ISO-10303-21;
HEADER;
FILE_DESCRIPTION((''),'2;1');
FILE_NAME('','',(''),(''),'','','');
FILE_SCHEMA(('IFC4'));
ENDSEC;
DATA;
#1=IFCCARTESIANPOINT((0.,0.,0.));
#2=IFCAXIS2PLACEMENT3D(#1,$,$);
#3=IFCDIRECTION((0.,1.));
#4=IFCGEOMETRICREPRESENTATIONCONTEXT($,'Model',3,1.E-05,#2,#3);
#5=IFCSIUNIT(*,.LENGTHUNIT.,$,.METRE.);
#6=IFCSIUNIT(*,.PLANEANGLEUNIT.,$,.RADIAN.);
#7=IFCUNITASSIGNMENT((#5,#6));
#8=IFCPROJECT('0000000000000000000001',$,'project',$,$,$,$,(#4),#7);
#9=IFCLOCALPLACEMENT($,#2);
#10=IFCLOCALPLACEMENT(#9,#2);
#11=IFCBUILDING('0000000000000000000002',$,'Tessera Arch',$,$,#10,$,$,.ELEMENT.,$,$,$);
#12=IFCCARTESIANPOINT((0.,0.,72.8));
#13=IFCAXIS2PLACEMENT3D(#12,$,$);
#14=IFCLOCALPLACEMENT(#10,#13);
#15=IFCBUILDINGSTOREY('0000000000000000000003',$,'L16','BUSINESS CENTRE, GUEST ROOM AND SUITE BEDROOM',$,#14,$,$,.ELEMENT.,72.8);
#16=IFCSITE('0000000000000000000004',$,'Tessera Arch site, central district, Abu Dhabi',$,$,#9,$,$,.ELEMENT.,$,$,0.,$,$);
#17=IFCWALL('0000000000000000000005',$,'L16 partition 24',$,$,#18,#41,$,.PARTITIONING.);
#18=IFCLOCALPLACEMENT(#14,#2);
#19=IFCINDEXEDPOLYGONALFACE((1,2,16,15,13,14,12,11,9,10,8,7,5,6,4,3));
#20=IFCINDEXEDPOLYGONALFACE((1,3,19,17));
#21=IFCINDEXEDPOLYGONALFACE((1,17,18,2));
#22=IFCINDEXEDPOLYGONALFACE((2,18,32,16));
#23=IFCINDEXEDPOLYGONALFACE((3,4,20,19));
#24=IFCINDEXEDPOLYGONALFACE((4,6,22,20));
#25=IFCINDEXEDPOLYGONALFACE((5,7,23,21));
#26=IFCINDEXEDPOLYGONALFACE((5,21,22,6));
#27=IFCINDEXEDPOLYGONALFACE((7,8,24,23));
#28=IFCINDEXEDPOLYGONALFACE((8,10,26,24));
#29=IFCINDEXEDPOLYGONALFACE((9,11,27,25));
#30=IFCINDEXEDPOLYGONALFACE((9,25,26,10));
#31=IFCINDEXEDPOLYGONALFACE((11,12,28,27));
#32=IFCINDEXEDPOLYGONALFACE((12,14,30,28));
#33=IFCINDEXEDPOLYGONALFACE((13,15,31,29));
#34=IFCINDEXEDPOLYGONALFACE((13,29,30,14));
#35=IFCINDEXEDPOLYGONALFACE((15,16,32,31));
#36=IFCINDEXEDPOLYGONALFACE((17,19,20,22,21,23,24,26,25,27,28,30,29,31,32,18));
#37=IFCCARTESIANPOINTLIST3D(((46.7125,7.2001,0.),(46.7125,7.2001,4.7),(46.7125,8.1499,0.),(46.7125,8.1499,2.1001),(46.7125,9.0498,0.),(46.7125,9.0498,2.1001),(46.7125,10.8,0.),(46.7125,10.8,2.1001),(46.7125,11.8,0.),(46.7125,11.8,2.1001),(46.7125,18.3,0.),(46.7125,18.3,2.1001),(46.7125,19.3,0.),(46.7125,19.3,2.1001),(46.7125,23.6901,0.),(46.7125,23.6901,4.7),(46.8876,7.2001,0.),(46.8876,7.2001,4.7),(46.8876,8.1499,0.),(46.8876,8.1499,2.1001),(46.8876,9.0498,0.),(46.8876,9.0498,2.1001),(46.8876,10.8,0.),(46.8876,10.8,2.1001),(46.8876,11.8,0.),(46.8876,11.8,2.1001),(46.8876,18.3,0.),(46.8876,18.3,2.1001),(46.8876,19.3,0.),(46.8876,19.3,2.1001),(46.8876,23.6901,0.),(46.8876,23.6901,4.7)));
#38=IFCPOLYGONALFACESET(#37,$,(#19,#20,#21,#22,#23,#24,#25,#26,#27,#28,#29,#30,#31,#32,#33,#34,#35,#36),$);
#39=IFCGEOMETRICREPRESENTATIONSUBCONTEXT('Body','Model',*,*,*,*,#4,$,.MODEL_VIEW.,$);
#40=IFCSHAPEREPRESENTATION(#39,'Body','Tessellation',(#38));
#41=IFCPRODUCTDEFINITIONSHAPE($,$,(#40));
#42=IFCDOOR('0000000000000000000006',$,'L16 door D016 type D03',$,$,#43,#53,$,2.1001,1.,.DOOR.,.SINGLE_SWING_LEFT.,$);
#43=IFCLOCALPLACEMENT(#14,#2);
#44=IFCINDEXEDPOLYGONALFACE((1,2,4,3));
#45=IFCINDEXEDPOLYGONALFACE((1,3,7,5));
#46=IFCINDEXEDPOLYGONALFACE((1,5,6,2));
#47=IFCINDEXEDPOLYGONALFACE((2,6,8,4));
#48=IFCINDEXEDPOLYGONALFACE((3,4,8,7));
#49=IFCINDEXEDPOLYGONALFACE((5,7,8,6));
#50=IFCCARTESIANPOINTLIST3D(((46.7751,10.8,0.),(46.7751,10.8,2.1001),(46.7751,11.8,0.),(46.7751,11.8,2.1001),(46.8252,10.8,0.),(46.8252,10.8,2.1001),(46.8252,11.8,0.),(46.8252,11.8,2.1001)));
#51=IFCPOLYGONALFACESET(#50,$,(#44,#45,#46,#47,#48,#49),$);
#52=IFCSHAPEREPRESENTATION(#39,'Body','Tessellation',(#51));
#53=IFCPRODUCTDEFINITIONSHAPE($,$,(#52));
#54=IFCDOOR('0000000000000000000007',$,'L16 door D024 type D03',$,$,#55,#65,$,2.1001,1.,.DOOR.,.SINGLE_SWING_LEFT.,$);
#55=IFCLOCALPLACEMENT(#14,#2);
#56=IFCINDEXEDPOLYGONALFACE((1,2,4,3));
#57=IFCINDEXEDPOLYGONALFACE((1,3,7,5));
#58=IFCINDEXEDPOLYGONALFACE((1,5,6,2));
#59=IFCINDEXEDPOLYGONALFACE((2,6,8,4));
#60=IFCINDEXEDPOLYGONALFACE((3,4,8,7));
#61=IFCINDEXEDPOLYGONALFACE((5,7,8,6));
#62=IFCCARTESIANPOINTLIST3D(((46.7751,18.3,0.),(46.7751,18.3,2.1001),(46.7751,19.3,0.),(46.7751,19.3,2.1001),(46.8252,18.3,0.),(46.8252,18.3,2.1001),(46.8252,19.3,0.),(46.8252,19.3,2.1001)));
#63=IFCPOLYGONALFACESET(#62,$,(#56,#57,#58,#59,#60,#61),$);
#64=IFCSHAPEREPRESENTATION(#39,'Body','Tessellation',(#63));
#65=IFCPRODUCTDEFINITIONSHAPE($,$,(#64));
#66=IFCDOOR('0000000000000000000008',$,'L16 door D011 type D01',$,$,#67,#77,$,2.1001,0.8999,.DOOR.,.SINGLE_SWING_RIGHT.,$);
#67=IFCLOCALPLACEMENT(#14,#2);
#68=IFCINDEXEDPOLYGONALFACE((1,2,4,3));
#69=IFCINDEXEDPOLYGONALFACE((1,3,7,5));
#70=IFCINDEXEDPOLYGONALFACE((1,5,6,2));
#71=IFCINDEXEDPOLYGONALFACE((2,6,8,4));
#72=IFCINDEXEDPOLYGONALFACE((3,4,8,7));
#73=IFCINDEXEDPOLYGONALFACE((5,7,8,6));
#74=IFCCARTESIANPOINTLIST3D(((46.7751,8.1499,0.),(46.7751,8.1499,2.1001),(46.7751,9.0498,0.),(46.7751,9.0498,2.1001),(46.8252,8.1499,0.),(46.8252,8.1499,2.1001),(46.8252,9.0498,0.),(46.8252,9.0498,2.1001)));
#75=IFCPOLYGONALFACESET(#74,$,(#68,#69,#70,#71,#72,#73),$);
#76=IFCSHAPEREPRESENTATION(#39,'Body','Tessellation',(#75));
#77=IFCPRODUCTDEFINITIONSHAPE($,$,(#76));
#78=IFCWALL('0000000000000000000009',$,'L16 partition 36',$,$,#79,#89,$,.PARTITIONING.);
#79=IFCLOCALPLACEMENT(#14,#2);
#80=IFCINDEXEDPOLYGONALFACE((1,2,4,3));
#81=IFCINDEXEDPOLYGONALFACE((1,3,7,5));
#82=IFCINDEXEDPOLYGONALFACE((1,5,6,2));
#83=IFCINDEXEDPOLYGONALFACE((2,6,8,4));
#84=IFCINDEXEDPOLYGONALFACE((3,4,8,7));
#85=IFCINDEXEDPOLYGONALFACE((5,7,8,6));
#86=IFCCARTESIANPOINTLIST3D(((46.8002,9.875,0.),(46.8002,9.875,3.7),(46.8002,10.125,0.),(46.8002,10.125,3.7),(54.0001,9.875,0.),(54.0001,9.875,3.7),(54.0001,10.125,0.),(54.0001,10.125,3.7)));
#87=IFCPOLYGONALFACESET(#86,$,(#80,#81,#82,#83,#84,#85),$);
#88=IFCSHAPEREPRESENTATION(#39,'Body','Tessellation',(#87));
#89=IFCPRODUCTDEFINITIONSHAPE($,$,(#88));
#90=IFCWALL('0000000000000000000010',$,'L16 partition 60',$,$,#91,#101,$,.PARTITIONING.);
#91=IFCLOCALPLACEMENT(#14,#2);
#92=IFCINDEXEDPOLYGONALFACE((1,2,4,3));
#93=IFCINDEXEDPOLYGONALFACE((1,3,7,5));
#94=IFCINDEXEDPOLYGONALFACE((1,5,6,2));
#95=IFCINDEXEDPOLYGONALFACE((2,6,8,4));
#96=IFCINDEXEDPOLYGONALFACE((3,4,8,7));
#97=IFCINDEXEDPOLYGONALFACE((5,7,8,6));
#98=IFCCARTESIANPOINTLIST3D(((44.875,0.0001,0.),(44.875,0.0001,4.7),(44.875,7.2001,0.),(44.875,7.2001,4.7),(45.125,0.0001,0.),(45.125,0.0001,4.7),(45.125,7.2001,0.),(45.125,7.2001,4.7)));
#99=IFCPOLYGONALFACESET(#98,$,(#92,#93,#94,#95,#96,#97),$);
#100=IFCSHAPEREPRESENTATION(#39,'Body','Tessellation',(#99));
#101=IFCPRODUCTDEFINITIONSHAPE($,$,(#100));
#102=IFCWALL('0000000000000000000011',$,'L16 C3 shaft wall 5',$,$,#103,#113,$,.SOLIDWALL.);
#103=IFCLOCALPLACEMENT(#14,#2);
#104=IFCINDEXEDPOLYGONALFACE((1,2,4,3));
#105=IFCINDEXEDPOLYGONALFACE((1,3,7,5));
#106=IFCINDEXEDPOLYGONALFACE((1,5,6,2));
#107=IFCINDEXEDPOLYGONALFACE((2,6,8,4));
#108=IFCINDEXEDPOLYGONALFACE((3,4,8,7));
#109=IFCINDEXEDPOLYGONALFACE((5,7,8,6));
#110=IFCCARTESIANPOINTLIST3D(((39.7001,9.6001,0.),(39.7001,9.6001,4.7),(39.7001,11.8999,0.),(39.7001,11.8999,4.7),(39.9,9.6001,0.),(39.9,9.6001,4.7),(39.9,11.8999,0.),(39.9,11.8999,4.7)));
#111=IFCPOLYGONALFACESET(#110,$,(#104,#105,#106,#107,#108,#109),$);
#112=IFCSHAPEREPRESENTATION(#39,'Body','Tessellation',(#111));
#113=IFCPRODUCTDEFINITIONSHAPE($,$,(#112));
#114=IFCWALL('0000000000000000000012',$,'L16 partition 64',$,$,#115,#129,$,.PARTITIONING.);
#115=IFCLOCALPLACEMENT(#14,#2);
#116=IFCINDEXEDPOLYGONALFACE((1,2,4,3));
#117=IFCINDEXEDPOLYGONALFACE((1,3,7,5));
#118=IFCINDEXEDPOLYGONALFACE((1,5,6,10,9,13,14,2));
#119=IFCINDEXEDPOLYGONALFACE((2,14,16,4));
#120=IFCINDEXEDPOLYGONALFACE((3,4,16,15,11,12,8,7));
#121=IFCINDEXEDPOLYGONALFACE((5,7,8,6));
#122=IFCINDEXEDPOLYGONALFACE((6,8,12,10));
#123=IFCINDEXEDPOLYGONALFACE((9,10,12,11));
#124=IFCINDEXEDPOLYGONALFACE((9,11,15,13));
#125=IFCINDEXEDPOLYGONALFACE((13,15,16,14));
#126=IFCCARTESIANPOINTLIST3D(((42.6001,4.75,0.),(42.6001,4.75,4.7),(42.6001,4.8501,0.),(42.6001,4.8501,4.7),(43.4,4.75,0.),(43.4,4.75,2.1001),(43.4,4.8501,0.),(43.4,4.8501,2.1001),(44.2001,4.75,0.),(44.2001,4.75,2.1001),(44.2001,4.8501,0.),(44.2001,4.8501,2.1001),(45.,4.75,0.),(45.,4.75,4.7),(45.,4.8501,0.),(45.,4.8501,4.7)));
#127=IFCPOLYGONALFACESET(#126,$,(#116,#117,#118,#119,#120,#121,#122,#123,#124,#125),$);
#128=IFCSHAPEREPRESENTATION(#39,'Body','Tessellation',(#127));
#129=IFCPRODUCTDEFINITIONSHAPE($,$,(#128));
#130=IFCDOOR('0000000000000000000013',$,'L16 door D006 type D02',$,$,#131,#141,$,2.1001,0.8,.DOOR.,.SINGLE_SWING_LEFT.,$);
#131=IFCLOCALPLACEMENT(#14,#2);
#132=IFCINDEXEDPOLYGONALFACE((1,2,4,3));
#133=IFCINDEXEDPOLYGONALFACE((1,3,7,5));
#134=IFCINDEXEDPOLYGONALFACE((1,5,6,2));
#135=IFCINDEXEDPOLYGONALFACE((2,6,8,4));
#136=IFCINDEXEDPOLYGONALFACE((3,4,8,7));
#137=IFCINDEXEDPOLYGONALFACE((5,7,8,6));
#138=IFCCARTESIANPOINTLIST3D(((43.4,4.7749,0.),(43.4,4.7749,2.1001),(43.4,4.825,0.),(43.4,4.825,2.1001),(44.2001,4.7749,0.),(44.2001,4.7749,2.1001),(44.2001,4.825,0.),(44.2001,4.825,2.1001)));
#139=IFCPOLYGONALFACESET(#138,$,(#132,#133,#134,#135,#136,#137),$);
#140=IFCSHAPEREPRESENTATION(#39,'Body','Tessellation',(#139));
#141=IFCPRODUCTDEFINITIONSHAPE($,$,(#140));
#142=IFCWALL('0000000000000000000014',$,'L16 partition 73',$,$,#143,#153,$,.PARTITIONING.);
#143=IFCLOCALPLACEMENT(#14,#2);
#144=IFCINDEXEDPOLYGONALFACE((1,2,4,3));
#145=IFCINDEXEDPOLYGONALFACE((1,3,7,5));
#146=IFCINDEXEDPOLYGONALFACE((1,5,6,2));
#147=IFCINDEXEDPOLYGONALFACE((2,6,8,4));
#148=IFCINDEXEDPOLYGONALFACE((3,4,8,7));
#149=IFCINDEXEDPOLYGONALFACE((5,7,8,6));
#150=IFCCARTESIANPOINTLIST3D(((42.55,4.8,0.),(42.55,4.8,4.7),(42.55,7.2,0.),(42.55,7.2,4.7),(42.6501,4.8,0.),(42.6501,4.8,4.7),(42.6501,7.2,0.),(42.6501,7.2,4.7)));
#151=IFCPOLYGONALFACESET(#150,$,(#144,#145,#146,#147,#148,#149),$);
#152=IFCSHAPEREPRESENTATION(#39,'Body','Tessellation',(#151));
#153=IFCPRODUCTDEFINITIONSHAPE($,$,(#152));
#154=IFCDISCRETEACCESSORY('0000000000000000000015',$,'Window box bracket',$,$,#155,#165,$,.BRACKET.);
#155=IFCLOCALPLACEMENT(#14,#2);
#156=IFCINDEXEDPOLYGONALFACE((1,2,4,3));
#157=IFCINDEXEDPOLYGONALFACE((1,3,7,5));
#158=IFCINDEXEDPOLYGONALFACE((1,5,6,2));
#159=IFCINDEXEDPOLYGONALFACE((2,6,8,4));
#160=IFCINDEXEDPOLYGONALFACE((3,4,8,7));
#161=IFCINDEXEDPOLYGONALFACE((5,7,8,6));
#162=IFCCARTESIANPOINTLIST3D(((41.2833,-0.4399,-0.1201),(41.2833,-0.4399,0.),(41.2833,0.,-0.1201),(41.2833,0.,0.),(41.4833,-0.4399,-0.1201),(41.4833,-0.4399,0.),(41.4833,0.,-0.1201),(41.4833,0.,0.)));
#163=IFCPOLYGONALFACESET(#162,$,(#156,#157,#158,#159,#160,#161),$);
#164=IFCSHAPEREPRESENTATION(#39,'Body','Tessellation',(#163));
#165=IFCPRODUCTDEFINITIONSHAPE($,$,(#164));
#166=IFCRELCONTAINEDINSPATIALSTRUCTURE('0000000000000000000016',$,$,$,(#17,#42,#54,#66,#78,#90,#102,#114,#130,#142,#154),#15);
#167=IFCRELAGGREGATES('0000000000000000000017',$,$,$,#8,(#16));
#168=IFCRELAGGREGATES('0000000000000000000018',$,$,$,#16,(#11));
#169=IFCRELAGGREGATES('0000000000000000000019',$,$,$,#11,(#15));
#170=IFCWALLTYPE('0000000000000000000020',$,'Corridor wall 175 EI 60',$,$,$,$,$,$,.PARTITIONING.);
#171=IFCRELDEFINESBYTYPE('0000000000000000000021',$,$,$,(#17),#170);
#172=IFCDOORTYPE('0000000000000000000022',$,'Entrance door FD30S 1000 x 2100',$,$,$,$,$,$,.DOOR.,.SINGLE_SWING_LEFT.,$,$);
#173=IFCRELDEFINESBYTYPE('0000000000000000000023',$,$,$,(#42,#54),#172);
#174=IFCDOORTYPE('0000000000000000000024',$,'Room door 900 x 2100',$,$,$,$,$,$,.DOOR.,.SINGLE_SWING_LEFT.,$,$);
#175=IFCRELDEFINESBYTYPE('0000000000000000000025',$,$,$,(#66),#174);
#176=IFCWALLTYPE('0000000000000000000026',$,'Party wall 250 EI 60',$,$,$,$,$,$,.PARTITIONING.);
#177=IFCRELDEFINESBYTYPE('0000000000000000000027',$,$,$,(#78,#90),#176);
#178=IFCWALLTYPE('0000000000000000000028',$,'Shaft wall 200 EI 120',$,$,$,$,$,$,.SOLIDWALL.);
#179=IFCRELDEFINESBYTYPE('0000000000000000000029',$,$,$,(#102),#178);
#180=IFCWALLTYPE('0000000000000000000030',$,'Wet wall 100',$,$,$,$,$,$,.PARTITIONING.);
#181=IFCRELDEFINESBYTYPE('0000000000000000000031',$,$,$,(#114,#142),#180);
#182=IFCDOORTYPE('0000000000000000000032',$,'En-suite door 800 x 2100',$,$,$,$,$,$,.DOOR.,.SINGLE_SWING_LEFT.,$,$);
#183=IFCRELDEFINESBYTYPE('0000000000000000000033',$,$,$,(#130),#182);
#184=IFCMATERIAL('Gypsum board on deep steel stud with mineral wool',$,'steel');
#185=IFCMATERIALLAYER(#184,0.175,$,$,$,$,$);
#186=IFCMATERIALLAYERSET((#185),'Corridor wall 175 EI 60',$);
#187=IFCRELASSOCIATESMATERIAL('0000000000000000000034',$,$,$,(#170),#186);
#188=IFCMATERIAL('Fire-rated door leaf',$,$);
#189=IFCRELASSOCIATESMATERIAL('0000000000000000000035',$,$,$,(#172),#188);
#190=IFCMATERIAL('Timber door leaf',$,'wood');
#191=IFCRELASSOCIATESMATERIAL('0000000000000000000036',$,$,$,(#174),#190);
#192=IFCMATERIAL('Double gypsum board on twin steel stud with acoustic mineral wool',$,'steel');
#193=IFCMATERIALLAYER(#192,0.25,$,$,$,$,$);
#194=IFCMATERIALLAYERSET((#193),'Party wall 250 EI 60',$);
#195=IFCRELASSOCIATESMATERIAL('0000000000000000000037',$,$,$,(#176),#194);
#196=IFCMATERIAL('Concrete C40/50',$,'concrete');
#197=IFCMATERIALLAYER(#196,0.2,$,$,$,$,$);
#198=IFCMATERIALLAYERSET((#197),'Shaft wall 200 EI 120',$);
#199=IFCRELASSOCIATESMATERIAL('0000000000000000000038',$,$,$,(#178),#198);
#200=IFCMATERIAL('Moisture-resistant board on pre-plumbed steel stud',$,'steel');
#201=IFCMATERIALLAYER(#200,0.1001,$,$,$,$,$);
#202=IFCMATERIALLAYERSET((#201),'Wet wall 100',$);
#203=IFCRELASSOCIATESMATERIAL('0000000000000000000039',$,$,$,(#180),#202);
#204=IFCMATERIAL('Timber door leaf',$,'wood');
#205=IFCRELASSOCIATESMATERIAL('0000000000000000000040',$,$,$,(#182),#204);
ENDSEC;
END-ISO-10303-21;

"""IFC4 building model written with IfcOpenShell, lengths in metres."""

from ifc_helpers import new_model, si_unit, direction, frame, frame_2d, origin, origin_2d, place, context, subcontext, project, spatial, rectangle, extrude, material, layer, layer_set, type_object, element, fill, save


model = new_model("IFC4")

# Units and contexts
model_context = context("Model", 3, precision=1e-05, world=origin(), true_north=direction((0.0, 1.0)))
body_context = subcontext(model_context, "Body", "Model", "MODEL_VIEW")
ifc_project = project(units=[si_unit("LENGTHUNIT", "METRE"), si_unit("PLANEANGLEUNIT", "RADIAN")], contexts=[model_context])

# Site, building, storey
site_placement = place(None, origin())
site = spatial("IfcSite", under=ifc_project, at=site_placement, Name="Tessera Arch site, central district, Abu Dhabi", CompositionType="ELEMENT", RefElevation=0.0)
building_placement = place(site_placement, origin())
building = spatial("IfcBuilding", under=site, at=building_placement, Name="Tessera Arch", CompositionType="ELEMENT")
storey_placement = place(building_placement, frame((0.0, 0.0, 72.8)))
storey = spatial("IfcBuildingStorey", under=building, at=storey_placement, Name="L16", Description="BUSINESS CENTRE, GUEST ROOM AND SUITE BEDROOM", CompositionType="ELEMENT", Elevation=72.8)

# Wall, openings, doors
ifc_material_1 = material(Name="Gypsum board on deep steel stud with mineral wool", Category="steel")
ifc_layer_1 = layer(ifc_material_1, 0.175)
ifc_layer_set_1 = layer_set([ifc_layer_1], Name="Corridor wall 175 EI 60")
wall_type_1 = type_object("IfcWallType", Name="Corridor wall 175 EI 60", PredefinedType="PARTITIONING", material=ifc_layer_set_1)
wall_1_placement = place(storey_placement, frame((46.8, 7.2, 0.0), z_axis=(0.0, 0.0, 1.0), x_axis=(0.0, 1.0, 0.0)))
wall_1 = element("IfcWall", 1, at=wall_1_placement, inside=storey, type_object=wall_type_1, Name="L16 partition 24", PredefinedType="PARTITIONING", context=body_context, shape_type="SweptSolid", body=[
    extrude(rectangle(XDim=16.49, YDim=0.175, at=frame_2d((8.2451, 0.0))), origin(), (0.0, 0.0, 1.0), 4.7),
])
opening_1_placement = place(wall_1_placement, frame((0.95, 0.0, 0.0)))
opening_1 = element("IfcOpeningElement", 2, at=opening_1_placement, cuts=wall_1, PredefinedType="OPENING", context=body_context, shape_type="SweptSolid", body=[
    extrude(rectangle(XDim=0.8999, YDim=2.1001, at=frame_2d((0.45, 1.05))), frame((0.0, 0.0974, 0.0), z_axis=(0.0, -1.0, 0.0), x_axis=(1.0, 0.0, 0.0)), (0.0, 0.0, 1.0), 0.1951),
])
opening_2_placement = place(wall_1_placement, frame((3.6001, 0.0, 0.0)))
opening_2 = element("IfcOpeningElement", 3, at=opening_2_placement, cuts=wall_1, PredefinedType="OPENING", context=body_context, shape_type="SweptSolid", body=[
    extrude(rectangle(XDim=1.0, YDim=2.1001, at=frame_2d((0.5, 1.05))), frame((0.0, 0.0974, 0.0), z_axis=(0.0, -1.0, 0.0), x_axis=(1.0, 0.0, 0.0)), (0.0, 0.0, 1.0), 0.1951),
])
opening_3_placement = place(wall_1_placement, frame((11.1001, 0.0, 0.0)))
opening_3 = element("IfcOpeningElement", 4, at=opening_3_placement, cuts=wall_1, PredefinedType="OPENING", context=body_context, shape_type="SweptSolid", body=[
    extrude(rectangle(XDim=1.0, YDim=2.1001, at=frame_2d((0.5, 1.05))), frame((0.0, 0.0974, 0.0), z_axis=(0.0, -1.0, 0.0), x_axis=(1.0, 0.0, 0.0)), (0.0, 0.0, 1.0), 0.1951),
])
ifc_material_2 = material(Name="Fire-rated door leaf")
door_type_1 = type_object("IfcDoorType", Name="Entrance door FD30S 1000 x 2100", OperationType="SINGLE_SWING_LEFT", PredefinedType="DOOR", material=ifc_material_2)
door_1_placement = place(opening_2_placement, origin())
door_1 = element("IfcDoor", 5, at=door_1_placement, inside=storey, type_object=door_type_1, Name="L16 door D016 type D03", OperationType="SINGLE_SWING_LEFT", OverallHeight=2.1001, OverallWidth=1.0, PredefinedType="DOOR", context=body_context, shape_type="SweptSolid", body=[
    extrude(rectangle(XDim=1.0, YDim=2.1001, at=frame_2d((0.5, 1.05))), frame((0.0, 0.0249, 0.0), z_axis=(0.0, -1.0, 0.0), x_axis=(1.0, 0.0, 0.0)), (0.0, 0.0, 1.0), 0.05),
])
fill(opening_2, door_1)
door_2_placement = place(opening_3_placement, origin())
door_2 = element("IfcDoor", 6, at=door_2_placement, inside=storey, type_object=door_type_1, Name="L16 door D024 type D03", OperationType="SINGLE_SWING_LEFT", OverallHeight=2.1001, OverallWidth=1.0, PredefinedType="DOOR", context=body_context, shape_type="SweptSolid", body=[
    extrude(rectangle(XDim=1.0, YDim=2.1001, at=frame_2d((0.5, 1.05))), frame((0.0, 0.0249, 0.0), z_axis=(0.0, -1.0, 0.0), x_axis=(1.0, 0.0, 0.0)), (0.0, 0.0, 1.0), 0.05),
])
fill(opening_3, door_2)
ifc_material_3 = material(Name="Timber door leaf", Category="wood")
door_type_2 = type_object("IfcDoorType", Name="Room door 900 x 2100", OperationType="SINGLE_SWING_LEFT", PredefinedType="DOOR", material=ifc_material_3)
door_3_placement = place(opening_1_placement, origin())
door_3 = element("IfcDoor", 7, at=door_3_placement, inside=storey, type_object=door_type_2, Name="L16 door D011 type D01", OperationType="SINGLE_SWING_RIGHT", OverallHeight=2.1001, OverallWidth=0.8999, PredefinedType="DOOR", context=body_context, shape_type="SweptSolid", body=[
    extrude(rectangle(XDim=0.8999, YDim=2.1001, at=frame_2d((0.45, 1.05))), frame((0.0, 0.0249, 0.0), z_axis=(0.0, -1.0, 0.0), x_axis=(1.0, 0.0, 0.0)), (0.0, 0.0, 1.0), 0.05),
])
fill(opening_1, door_3)

# Walls
ifc_material_4 = material(Name="Double gypsum board on twin steel stud with acoustic mineral wool", Category="steel")
ifc_layer_2 = layer(ifc_material_4, 0.25)
ifc_layer_set_2 = layer_set([ifc_layer_2], Name="Party wall 250 EI 60")
wall_type_2 = type_object("IfcWallType", Name="Party wall 250 EI 60", PredefinedType="PARTITIONING", material=ifc_layer_set_2)
wall_2_placement = place(storey_placement, frame((46.8, 10.0, 0.0), z_axis=(0.0, 0.0, 1.0), x_axis=(1.0, 0.0, 0.0)))
element("IfcWall", 8, at=wall_2_placement, inside=storey, type_object=wall_type_2, Name="L16 partition 36", PredefinedType="PARTITIONING", context=body_context, shape_type="SweptSolid", body=[
    extrude(rectangle(XDim=7.2, YDim=0.25, at=frame_2d((3.6001, 0.0))), origin(), (0.0, 0.0, 1.0), 3.7),
])
wall_3_placement = place(storey_placement, frame((45.0, 0.0, 0.0), z_axis=(0.0, 0.0, 1.0), x_axis=(0.0, 1.0, 0.0)))
element("IfcWall", 9, at=wall_3_placement, inside=storey, type_object=wall_type_2, Name="L16 partition 60", PredefinedType="PARTITIONING", context=body_context, shape_type="SweptSolid", body=[
    extrude(rectangle(XDim=7.2, YDim=0.25, at=frame_2d((3.6001, 0.0))), origin(), (0.0, 0.0, 1.0), 4.7),
])
ifc_material_5 = material(Name="Concrete C40/50", Category="concrete")
ifc_layer_3 = layer(ifc_material_5, 0.2)
ifc_layer_set_3 = layer_set([ifc_layer_3], Name="Shaft wall 200 EI 120")
wall_type_3 = type_object("IfcWallType", Name="Shaft wall 200 EI 120", PredefinedType="SOLIDWALL", material=ifc_layer_set_3)
wall_4_placement = place(storey_placement, frame((39.8, 9.6001, 0.0), z_axis=(0.0, 0.0, 1.0), x_axis=(0.0, 1.0, 0.0)))
element("IfcWall", 10, at=wall_4_placement, inside=storey, type_object=wall_type_3, Name="L16 C3 shaft wall 5", PredefinedType="SOLIDWALL", context=body_context, shape_type="SweptSolid", body=[
    extrude(rectangle(XDim=2.2998, YDim=0.2, at=frame_2d((1.1499, 0.0))), origin(), (0.0, 0.0, 1.0), 4.7),
])

# Wall, opening, door
ifc_material_6 = material(Name="Moisture-resistant board on pre-plumbed steel stud", Category="steel")
ifc_layer_4 = layer(ifc_material_6, 0.1001)
ifc_layer_set_4 = layer_set([ifc_layer_4], Name="Wet wall 100")
wall_type_4 = type_object("IfcWallType", Name="Wet wall 100", PredefinedType="PARTITIONING", material=ifc_layer_set_4)
wall_5_placement = place(storey_placement, frame((42.6001, 4.8, 0.0), z_axis=(0.0, 0.0, 1.0), x_axis=(1.0, 0.0, 0.0)))
wall_5 = element("IfcWall", 11, at=wall_5_placement, inside=storey, type_object=wall_type_4, Name="L16 partition 64", PredefinedType="PARTITIONING", context=body_context, shape_type="SweptSolid", body=[
    extrude(rectangle(XDim=2.3999, YDim=0.1001, at=frame_2d((1.2, 0.0))), origin(), (0.0, 0.0, 1.0), 4.7),
])
opening_4_placement = place(wall_5_placement, frame((0.8, 0.0, 0.0)))
opening_4 = element("IfcOpeningElement", 12, at=opening_4_placement, cuts=wall_5, PredefinedType="OPENING", context=body_context, shape_type="SweptSolid", body=[
    extrude(rectangle(XDim=0.8, YDim=2.1001, at=frame_2d((0.3999, 1.05))), frame((0.0, 0.0601, 0.0), z_axis=(0.0, -1.0, 0.0), x_axis=(1.0, 0.0, 0.0)), (0.0, 0.0, 1.0), 0.1201),
])
ifc_material_7 = material(Name="Timber door leaf", Category="wood")
door_type_3 = type_object("IfcDoorType", Name="En-suite door 800 x 2100", OperationType="SINGLE_SWING_LEFT", PredefinedType="DOOR", material=ifc_material_7)
door_4_placement = place(opening_4_placement, origin())
door_4 = element("IfcDoor", 13, at=door_4_placement, inside=storey, type_object=door_type_3, Name="L16 door D006 type D02", OperationType="SINGLE_SWING_LEFT", OverallHeight=2.1001, OverallWidth=0.8, PredefinedType="DOOR", context=body_context, shape_type="SweptSolid", body=[
    extrude(rectangle(XDim=0.8, YDim=2.1001, at=frame_2d((0.3999, 1.05))), frame((0.0, 0.0249, 0.0), z_axis=(0.0, -1.0, 0.0), x_axis=(1.0, 0.0, 0.0)), (0.0, 0.0, 1.0), 0.05),
])
fill(opening_4, door_4)

# Wall
wall_6_placement = place(storey_placement, frame((42.6001, 4.8, 0.0), z_axis=(0.0, 0.0, 1.0), x_axis=(0.0, 1.0, 0.0)))
element("IfcWall", 14, at=wall_6_placement, inside=storey, type_object=wall_type_4, Name="L16 partition 73", PredefinedType="PARTITIONING", context=body_context, shape_type="SweptSolid", body=[
    extrude(rectangle(XDim=2.3999, YDim=0.1001, at=frame_2d((1.2, 0.0))), origin(), (0.0, 0.0, 1.0), 4.7),
])

# Discrete accessory
for number, where, z_axis, x_axis, name in (
    (15, (41.3833, -0.22, -0.1201), (0.0, 0.0, 1.0), (0.0, -1.0, 0.0), "Window box bracket"),
):
    element("IfcDiscreteAccessory", number, at=place(storey_placement, frame(where, z_axis=z_axis, x_axis=x_axis)), inside=storey, Name=name, PredefinedType="BRACKET", context=body_context, shape_type="SweptSolid", body=[
        extrude(rectangle(XDim=0.4399, YDim=0.2, at=origin_2d()), origin(), (0.0, 0.0, 1.0), 0.1201),
    ])

save(model, "model.ifc")
